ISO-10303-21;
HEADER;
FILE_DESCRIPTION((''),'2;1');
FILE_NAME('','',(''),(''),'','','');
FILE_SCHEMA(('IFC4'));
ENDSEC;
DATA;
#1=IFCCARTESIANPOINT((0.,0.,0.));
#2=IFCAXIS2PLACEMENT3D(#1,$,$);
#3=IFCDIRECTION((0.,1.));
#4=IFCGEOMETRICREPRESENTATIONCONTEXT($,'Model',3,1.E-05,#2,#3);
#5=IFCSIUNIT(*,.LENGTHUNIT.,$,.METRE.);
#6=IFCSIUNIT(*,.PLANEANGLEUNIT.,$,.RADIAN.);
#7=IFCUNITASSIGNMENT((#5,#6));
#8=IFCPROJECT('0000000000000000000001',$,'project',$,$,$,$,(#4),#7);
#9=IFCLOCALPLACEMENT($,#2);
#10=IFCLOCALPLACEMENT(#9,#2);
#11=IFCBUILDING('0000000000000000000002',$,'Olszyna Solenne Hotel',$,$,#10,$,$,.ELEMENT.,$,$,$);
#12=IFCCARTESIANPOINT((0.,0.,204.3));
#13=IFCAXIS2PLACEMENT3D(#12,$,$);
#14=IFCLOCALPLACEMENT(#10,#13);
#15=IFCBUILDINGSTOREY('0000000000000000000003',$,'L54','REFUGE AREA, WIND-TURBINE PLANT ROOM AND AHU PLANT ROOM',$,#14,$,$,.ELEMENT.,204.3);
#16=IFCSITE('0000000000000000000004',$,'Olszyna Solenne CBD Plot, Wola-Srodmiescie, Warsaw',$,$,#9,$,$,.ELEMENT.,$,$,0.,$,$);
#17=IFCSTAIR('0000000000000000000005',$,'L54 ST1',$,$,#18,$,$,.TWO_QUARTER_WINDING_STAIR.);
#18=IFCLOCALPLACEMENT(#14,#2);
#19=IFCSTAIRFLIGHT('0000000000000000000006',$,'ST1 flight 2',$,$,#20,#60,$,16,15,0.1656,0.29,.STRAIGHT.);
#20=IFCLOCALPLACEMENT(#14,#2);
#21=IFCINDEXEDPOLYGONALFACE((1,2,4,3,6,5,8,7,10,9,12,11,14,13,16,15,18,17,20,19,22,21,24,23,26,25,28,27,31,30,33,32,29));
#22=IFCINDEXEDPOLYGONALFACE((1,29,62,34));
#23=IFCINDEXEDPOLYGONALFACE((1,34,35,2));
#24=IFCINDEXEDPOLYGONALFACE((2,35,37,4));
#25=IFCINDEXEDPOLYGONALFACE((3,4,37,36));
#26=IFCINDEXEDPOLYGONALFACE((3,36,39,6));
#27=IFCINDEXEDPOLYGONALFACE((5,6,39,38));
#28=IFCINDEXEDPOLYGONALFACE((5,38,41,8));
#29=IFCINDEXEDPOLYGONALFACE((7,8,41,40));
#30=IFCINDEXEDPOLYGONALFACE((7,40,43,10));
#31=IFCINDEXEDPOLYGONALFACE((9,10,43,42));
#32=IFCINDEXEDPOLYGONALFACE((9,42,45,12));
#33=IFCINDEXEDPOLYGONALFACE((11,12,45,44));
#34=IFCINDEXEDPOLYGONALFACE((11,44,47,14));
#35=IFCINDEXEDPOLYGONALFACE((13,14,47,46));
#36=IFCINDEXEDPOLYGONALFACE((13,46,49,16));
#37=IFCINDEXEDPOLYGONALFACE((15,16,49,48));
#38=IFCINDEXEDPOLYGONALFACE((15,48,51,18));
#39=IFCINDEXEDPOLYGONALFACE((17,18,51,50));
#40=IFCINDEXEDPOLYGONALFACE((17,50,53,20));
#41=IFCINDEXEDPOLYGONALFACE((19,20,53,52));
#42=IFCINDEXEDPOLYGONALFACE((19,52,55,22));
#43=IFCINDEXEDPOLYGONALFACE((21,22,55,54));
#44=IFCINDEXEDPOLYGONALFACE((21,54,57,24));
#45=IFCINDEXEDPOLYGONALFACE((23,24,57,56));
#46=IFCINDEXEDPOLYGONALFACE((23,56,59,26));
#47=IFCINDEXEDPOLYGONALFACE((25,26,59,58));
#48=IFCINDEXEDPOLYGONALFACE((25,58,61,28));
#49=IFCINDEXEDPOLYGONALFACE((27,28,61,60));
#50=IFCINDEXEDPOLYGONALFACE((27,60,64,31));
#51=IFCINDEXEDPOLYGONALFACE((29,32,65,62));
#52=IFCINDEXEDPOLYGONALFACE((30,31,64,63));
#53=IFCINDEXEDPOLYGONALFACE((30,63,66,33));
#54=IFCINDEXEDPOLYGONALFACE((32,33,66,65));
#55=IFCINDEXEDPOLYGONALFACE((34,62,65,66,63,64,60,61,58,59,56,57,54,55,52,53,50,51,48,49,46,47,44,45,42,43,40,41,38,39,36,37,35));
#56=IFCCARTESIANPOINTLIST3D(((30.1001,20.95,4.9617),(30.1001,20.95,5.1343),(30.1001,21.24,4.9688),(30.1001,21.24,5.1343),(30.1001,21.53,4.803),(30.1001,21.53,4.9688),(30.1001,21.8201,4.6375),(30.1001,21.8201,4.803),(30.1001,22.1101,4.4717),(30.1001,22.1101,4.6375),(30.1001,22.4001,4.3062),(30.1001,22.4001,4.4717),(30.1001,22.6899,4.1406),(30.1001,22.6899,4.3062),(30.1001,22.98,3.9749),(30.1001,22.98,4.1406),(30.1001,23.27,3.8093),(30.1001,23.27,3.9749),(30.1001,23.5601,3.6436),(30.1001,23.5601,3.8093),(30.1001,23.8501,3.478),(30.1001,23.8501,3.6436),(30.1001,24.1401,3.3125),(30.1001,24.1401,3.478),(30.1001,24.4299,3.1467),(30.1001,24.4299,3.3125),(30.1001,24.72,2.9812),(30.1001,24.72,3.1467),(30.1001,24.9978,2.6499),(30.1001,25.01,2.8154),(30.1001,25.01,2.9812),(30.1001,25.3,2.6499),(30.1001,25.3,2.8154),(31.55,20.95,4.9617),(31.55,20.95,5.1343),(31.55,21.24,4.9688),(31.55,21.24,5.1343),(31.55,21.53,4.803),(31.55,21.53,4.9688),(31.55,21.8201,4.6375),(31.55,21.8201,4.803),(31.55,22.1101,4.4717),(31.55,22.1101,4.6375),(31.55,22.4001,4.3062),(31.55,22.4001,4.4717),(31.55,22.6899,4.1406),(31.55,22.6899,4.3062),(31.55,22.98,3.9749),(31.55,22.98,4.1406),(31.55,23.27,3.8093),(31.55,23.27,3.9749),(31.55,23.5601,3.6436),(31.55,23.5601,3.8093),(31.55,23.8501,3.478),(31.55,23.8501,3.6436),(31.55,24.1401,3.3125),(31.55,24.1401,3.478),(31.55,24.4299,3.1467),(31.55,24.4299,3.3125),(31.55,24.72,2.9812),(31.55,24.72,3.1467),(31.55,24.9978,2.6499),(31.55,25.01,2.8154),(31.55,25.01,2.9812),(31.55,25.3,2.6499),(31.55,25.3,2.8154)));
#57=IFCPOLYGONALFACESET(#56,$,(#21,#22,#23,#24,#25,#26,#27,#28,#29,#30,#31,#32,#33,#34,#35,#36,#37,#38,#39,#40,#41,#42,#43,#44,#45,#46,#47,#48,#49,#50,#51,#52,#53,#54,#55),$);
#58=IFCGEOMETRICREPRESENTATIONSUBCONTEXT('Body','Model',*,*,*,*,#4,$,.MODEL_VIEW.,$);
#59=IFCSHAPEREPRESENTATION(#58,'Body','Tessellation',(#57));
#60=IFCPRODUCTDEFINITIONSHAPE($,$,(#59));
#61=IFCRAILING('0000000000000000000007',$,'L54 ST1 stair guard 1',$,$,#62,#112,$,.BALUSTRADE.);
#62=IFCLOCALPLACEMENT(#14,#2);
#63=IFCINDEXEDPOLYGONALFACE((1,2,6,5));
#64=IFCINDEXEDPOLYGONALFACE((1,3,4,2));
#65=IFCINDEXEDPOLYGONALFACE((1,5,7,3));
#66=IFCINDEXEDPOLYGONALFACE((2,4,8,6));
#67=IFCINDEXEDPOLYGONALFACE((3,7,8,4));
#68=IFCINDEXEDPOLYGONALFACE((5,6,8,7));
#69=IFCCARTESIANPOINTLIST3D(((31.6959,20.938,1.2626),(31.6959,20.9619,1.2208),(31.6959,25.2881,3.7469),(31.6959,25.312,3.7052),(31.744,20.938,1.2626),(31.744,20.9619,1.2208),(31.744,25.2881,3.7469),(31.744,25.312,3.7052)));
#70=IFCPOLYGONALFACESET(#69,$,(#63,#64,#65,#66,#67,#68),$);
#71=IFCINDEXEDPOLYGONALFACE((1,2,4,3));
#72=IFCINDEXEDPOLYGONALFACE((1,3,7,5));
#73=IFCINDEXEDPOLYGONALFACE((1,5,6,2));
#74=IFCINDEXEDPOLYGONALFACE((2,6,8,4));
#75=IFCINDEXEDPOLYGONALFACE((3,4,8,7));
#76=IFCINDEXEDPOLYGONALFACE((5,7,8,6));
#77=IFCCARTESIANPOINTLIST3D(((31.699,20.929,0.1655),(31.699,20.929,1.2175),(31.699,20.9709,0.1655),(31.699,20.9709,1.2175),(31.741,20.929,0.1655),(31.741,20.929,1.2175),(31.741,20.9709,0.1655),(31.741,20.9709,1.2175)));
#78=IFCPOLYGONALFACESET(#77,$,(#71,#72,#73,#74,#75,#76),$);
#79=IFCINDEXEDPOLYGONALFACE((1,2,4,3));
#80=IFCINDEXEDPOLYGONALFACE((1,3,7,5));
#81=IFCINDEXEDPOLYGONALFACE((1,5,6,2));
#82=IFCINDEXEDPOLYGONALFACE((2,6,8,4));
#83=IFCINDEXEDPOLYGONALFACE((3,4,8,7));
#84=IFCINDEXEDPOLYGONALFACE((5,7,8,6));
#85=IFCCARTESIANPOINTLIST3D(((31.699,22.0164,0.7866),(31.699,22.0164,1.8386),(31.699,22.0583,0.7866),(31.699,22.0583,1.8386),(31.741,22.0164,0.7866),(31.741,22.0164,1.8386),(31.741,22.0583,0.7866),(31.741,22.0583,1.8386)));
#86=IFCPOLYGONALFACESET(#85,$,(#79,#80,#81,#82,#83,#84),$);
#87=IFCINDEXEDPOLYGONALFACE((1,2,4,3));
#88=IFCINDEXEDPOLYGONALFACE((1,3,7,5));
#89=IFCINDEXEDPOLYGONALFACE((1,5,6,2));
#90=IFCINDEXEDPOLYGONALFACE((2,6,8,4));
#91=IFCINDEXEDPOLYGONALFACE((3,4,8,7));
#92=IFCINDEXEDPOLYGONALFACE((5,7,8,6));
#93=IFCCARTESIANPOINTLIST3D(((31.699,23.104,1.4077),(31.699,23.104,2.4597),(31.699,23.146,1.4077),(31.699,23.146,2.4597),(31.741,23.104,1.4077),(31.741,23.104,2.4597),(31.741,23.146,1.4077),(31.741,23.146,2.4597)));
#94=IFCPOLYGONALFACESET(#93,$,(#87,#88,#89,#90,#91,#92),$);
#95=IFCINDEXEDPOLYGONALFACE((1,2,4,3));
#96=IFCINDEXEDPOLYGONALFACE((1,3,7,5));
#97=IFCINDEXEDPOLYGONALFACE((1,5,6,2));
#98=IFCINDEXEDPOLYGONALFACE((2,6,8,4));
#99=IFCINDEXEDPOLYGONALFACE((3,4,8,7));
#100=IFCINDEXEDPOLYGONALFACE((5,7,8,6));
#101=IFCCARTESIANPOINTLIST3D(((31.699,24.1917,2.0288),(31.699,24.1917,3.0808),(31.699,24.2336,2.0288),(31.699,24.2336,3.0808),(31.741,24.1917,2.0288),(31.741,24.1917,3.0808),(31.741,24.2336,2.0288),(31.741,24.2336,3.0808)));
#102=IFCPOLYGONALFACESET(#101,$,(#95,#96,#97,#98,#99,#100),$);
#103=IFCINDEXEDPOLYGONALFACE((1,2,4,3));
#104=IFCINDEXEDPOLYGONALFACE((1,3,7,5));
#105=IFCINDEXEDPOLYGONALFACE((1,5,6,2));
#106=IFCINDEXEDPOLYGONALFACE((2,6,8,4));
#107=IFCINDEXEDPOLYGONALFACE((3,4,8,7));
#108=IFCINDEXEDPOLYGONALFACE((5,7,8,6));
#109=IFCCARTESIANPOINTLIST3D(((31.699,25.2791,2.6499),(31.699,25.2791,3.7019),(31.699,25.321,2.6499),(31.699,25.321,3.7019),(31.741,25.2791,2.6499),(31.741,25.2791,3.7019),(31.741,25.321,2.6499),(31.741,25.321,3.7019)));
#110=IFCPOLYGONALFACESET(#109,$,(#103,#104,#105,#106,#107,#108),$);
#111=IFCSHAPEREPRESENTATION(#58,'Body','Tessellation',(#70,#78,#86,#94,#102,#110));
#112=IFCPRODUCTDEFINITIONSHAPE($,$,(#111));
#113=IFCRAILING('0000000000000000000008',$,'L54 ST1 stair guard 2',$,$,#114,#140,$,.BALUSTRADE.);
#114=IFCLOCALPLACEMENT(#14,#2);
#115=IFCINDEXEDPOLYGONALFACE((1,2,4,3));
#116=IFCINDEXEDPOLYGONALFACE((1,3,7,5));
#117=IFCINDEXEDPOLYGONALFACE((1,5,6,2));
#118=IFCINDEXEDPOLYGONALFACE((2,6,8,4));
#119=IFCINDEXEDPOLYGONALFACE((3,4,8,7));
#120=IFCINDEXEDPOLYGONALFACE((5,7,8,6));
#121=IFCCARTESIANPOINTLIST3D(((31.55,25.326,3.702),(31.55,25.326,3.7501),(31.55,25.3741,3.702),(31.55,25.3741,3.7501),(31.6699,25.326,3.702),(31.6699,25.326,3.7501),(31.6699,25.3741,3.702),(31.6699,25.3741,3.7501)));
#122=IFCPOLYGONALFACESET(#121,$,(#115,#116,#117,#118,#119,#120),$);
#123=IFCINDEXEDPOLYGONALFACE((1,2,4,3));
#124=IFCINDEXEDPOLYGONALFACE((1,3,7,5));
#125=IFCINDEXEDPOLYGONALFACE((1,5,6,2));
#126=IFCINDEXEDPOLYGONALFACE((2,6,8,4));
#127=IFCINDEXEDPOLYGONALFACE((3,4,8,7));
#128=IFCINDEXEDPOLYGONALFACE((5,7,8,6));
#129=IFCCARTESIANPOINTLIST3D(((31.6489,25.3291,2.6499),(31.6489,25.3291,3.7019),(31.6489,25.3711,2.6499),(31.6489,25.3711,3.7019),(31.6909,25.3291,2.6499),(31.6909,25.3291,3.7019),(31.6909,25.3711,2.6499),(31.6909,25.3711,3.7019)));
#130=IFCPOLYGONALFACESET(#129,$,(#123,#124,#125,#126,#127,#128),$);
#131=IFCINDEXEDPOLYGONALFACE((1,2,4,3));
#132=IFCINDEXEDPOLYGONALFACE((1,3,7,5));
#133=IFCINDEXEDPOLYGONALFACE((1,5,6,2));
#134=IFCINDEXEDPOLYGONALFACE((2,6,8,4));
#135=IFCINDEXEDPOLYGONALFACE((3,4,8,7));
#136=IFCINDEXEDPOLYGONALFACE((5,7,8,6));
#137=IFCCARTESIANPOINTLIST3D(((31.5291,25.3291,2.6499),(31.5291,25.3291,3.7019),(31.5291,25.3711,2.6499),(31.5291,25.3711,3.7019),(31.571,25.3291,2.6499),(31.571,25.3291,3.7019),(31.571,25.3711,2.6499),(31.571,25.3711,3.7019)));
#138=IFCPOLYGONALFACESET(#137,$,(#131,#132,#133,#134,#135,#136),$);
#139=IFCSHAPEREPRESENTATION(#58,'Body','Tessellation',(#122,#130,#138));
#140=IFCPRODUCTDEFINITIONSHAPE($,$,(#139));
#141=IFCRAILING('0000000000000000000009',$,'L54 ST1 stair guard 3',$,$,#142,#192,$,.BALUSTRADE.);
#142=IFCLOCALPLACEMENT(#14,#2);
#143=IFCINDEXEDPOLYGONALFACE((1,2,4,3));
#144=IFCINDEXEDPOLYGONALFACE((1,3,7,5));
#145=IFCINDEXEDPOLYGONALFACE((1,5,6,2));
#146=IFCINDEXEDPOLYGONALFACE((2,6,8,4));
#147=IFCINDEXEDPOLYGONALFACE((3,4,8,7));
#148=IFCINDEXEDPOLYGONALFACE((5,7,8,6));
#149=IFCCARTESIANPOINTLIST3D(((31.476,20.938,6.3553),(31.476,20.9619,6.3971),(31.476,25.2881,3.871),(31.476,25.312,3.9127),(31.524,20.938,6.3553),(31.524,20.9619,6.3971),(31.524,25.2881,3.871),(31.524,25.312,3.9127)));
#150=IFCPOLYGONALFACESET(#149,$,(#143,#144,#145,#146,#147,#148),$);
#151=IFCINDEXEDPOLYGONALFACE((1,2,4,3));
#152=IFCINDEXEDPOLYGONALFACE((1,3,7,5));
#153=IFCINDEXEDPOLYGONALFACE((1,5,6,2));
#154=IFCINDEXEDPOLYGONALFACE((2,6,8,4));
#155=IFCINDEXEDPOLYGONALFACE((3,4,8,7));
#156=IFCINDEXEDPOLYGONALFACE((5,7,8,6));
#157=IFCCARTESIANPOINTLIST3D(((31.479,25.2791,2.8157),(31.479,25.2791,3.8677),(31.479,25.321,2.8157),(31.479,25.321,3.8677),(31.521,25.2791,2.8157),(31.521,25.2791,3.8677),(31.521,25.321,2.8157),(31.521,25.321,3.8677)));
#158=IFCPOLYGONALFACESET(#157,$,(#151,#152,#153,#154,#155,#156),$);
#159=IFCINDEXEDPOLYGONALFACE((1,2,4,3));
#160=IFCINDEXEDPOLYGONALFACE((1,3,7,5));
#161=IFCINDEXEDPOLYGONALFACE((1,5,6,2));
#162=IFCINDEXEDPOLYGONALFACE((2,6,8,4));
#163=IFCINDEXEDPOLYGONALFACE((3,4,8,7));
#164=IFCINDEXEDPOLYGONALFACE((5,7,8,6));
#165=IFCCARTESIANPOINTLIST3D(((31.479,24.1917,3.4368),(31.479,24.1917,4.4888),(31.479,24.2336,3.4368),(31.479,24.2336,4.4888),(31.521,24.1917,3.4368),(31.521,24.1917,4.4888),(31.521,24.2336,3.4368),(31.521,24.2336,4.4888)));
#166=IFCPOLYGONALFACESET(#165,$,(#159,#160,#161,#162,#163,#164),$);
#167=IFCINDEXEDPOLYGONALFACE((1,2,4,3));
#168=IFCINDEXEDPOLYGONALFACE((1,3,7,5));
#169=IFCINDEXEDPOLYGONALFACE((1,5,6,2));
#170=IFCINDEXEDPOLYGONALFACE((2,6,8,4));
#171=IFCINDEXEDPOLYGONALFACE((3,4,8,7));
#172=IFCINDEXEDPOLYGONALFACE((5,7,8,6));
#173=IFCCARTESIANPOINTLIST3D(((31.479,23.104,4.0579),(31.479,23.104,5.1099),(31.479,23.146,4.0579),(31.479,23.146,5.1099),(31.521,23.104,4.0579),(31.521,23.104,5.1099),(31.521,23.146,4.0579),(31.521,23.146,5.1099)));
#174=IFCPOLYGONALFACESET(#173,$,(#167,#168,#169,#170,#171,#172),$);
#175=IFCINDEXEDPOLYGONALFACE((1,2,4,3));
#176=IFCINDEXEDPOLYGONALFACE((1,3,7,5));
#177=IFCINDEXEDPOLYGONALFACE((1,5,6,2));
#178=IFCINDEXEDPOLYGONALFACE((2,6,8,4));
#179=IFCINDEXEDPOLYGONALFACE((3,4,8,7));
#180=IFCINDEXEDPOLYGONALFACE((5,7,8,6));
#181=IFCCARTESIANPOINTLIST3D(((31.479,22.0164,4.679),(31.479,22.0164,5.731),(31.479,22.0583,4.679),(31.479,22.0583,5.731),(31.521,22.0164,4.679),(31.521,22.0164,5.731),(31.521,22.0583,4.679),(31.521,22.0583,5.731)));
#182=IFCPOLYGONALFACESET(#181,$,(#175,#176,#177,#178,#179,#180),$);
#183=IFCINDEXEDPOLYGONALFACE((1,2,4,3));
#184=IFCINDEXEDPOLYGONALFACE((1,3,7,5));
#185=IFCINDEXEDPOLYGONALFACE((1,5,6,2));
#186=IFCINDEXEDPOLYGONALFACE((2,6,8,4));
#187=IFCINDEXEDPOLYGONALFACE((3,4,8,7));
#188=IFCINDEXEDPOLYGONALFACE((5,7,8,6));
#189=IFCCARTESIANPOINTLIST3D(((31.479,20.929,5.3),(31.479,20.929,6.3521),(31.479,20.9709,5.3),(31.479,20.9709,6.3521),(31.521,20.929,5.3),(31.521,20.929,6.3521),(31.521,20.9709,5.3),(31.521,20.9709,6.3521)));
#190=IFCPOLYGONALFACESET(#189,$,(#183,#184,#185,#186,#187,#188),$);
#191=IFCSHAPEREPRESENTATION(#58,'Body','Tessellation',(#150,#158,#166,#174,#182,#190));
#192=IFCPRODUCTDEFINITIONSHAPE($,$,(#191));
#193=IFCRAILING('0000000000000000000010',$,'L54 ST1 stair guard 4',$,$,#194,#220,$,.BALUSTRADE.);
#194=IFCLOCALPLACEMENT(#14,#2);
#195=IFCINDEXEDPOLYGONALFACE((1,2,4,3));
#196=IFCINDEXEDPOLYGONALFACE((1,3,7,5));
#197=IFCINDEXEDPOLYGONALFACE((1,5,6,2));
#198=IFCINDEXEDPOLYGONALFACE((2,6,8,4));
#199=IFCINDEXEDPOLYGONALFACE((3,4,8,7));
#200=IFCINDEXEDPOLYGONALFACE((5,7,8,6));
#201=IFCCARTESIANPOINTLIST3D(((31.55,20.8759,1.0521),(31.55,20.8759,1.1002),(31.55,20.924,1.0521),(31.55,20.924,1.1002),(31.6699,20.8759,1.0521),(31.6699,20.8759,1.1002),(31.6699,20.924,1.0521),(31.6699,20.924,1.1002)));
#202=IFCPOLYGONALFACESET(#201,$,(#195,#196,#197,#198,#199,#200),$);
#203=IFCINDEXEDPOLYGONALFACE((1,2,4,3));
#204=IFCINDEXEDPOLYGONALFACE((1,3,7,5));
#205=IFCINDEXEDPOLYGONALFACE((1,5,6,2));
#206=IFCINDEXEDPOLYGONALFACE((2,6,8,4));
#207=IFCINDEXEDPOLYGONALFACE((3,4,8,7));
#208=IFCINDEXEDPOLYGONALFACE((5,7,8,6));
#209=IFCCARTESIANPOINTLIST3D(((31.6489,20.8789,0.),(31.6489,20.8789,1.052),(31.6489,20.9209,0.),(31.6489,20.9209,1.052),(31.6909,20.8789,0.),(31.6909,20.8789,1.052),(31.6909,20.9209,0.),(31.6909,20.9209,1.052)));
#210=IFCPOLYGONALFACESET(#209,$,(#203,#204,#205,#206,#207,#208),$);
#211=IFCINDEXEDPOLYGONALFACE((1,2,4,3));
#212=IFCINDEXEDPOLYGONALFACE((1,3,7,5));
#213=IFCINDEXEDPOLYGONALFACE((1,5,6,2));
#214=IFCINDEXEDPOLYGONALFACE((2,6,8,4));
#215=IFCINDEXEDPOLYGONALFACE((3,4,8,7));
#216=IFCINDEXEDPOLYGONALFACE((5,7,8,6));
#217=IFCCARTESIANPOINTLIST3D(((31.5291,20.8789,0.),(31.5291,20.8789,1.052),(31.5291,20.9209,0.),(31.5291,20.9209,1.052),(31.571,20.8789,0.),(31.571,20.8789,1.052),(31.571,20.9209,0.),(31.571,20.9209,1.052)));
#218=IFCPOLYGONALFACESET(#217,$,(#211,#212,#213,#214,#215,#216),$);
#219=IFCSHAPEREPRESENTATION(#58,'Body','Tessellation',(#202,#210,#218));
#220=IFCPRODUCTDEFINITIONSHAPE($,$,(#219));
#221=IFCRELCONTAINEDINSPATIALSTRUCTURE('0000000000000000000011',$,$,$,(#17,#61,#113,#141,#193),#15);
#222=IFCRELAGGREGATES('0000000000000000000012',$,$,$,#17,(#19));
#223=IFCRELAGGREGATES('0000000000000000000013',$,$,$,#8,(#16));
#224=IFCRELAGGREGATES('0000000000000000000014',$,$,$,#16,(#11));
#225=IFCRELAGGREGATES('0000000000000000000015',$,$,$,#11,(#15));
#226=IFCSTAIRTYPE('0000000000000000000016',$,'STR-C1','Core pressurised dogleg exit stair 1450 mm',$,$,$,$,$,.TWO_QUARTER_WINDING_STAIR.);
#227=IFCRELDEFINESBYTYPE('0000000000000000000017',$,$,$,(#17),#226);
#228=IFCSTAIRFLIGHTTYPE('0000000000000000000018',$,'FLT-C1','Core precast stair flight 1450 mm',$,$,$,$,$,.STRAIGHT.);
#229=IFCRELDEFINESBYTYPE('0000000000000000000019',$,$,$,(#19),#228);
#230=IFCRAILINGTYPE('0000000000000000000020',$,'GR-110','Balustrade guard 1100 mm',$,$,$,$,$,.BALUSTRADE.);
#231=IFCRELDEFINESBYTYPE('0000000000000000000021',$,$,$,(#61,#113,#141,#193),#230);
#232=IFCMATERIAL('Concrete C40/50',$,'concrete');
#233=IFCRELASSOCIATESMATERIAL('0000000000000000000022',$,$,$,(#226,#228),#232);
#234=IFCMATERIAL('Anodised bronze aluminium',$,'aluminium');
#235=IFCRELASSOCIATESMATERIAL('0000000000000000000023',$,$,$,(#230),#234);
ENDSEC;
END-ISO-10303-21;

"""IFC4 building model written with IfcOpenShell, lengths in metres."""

from ifc_helpers import new_model, si_unit, direction, frame, origin, origin_2d, place, context, subcontext, project, spatial, polyline, rectangle, outline, extrude, material, type_object, element, aggregate, save


model = new_model("IFC4")

# Units and contexts
model_context = context("Model", 3, precision=1e-05, world=origin(), true_north=direction((0.0, 1.0)))
body_context = subcontext(model_context, "Body", "Model", "MODEL_VIEW")
ifc_project = project(units=[si_unit("LENGTHUNIT", "METRE"), si_unit("PLANEANGLEUNIT", "RADIAN")], contexts=[model_context])

# Site, building, storey
site_placement = place(None, origin())
site = spatial("IfcSite", under=ifc_project, at=site_placement, Name="Olszyna Solenne CBD Plot, Wola-Srodmiescie, Warsaw", CompositionType="ELEMENT", RefElevation=0.0)
building_placement = place(site_placement, origin())
building = spatial("IfcBuilding", under=site, at=building_placement, Name="Olszyna Solenne Hotel", CompositionType="ELEMENT")
storey_placement = place(building_placement, frame((0.0, 0.0, 204.3)))
storey = spatial("IfcBuildingStorey", under=building, at=storey_placement, Name="L54", Description="REFUGE AREA, WIND-TURBINE PLANT ROOM AND AHU PLANT ROOM", CompositionType="ELEMENT", Elevation=204.3)

# Stair, stair flight
ifc_material_1 = material(Name="Concrete C40/50", Category="concrete")
stair_type = type_object("IfcStairType", Name="STR-C1", Description="Core pressurised dogleg exit stair 1450 mm", PredefinedType="TWO_QUARTER_WINDING_STAIR", material=ifc_material_1)
stair_placement = place(storey_placement, origin())
stair = element("IfcStair", 1, at=stair_placement, inside=storey, type_object=stair_type, Name="L54 ST1", PredefinedType="TWO_QUARTER_WINDING_STAIR")
stair_flight_type = type_object("IfcStairFlightType", Name="FLT-C1", Description="Core precast stair flight 1450 mm", PredefinedType="STRAIGHT", material=ifc_material_1)
stair_flight_1_placement = place(storey_placement, frame((30.825, 25.3, 2.6499), z_axis=(0.0, 0.0, 1.0), x_axis=(0.0, -1.0, 0.0)))
stair_flight_1 = element("IfcStairFlight", 2, at=stair_flight_1_placement, type_object=stair_flight_type, Name="ST1 flight 2", NumberOfRisers=16, NumberOfTreads=15, PredefinedType="STRAIGHT", RiserHeight=0.1656, TreadLength=0.29, context=body_context, shape_type="SweptSolid", body=[
    extrude(outline(polyline([(0.0, 0.0), (0.0, 0.1655), (0.29, 0.1655), (0.29, 0.3313), (0.5801, 0.3313), (0.5801, 0.4968), (0.8701, 0.4968), (0.8701, 0.6626), (1.1599, 0.6626), (1.1599, 0.8281), (1.45, 0.8281), (1.45, 0.9937), (1.74, 0.9937), (1.74, 1.1594), (2.03, 1.1594), (2.03, 1.325), (2.3201, 1.325), (2.3201, 1.4907), (2.6101, 1.4907), (2.6101, 1.6562), (2.8999, 1.6562), (2.8999, 1.8218), (3.1899, 1.8218), (3.1899, 1.9875), (3.48, 1.9875), (3.48, 2.1531), (3.77, 2.1531), (3.77, 2.3188), (4.0601, 2.3188), (4.0601, 2.4844), (4.3501, 2.4844), (4.3501, 2.6499), (4.3501, 2.3118), (0.3022, 0.0), (0.0, 0.0)])), frame((0.0, 0.7251, 0.0), z_axis=(0.0, -1.0, 0.0), x_axis=(1.0, 0.0, 0.0)), (0.0, 0.0, 1.0), 1.45),
])
aggregate(stair, [stair_flight_1])

# Railings
ifc_material_2 = material(Name="Anodised bronze aluminium", Category="aluminium")
railing_type_1 = type_object("IfcRailingType", Name="GR-110", Description="Balustrade guard 1100 mm", PredefinedType="BALUSTRADE", material=ifc_material_2)
railing_1_placement = place(storey_placement, frame((31.72, 20.95, 0.1655)))
element("IfcRailing", 3, at=railing_1_placement, inside=storey, type_object=railing_type_1, Name="L54 ST1 stair guard 1", PredefinedType="BALUSTRADE", context=body_context, shape_type="SweptSolid", body=[
    extrude(rectangle(XDim=0.0481, YDim=0.0481, at=origin_2d()), frame((0.0, 0.0, 1.0762), z_axis=(0.0, 0.868363, 0.495929), x_axis=(-1.0, 0.0, 0.0)), (0.0, 0.0, 1.0), 5.0095),
    extrude(rectangle(XDim=0.042, YDim=0.042, at=origin_2d()), origin(), (0.0, 0.0, 1.0), 1.052),
    extrude(rectangle(XDim=0.042, YDim=0.042, at=origin_2d()), frame((0.0, 1.0874, 0.6211)), (0.0, 0.0, 1.0), 1.052),
    extrude(rectangle(XDim=0.042, YDim=0.042, at=origin_2d()), frame((0.0, 2.175, 1.2422)), (0.0, 0.0, 1.0), 1.052),
    extrude(rectangle(XDim=0.042, YDim=0.042, at=origin_2d()), frame((0.0, 3.2627, 1.8633)), (0.0, 0.0, 1.0), 1.052),
    extrude(rectangle(XDim=0.042, YDim=0.042, at=origin_2d()), frame((0.0, 4.3501, 2.4844)), (0.0, 0.0, 1.0), 1.052),
])
railing_2_placement = place(storey_placement, frame((31.6699, 25.3501, 2.6499)))
element("IfcRailing", 4, at=railing_2_placement, inside=storey, type_object=railing_type_1, Name="L54 ST1 stair guard 2", PredefinedType="BALUSTRADE", context=body_context, shape_type="SweptSolid", body=[
    extrude(rectangle(XDim=0.0481, YDim=0.0481, at=origin_2d()), frame((0.0, 0.0, 1.0762), z_axis=(-1.0, 0.0, 0.0), x_axis=(0.0, -1.0, 0.0)), (0.0, 0.0, 1.0), 0.1199),
    extrude(rectangle(XDim=0.042, YDim=0.042, at=origin_2d()), origin(), (0.0, 0.0, 1.0), 1.052),
    extrude(rectangle(XDim=0.042, YDim=0.042, at=origin_2d()), frame((-0.1199, 0.0, 0.0)), (0.0, 0.0, 1.0), 1.052),
])
railing_3_placement = place(storey_placement, frame((31.5, 25.3, 2.8157)))
element("IfcRailing", 5, at=railing_3_placement, inside=storey, type_object=railing_type_1, Name="L54 ST1 stair guard 3", PredefinedType="BALUSTRADE", context=body_context, shape_type="SweptSolid", body=[
    extrude(rectangle(XDim=0.0481, YDim=0.0481, at=origin_2d()), frame((0.0, 0.0, 1.0762), z_axis=(0.0, -0.868363, 0.495929), x_axis=(1.0, 0.0, 0.0)), (0.0, 0.0, 1.0), 5.0095),
    extrude(rectangle(XDim=0.042, YDim=0.042, at=origin_2d()), origin(), (0.0, 0.0, 1.0), 1.052),
    extrude(rectangle(XDim=0.042, YDim=0.042, at=origin_2d()), frame((0.0, -1.0874, 0.6211)), (0.0, 0.0, 1.0), 1.052),
    extrude(rectangle(XDim=0.042, YDim=0.042, at=origin_2d()), frame((0.0, -2.175, 1.2422)), (0.0, 0.0, 1.0), 1.052),
    extrude(rectangle(XDim=0.042, YDim=0.042, at=origin_2d()), frame((0.0, -3.2627, 1.8633)), (0.0, 0.0, 1.0), 1.052),
    extrude(rectangle(XDim=0.042, YDim=0.042, at=origin_2d()), frame((0.0, -4.3501, 2.4844)), (0.0, 0.0, 1.0), 1.052),
])
railing_4_placement = place(storey_placement, frame((31.6699, 20.8999, 0.0)))
element("IfcRailing", 6, at=railing_4_placement, inside=storey, type_object=railing_type_1, Name="L54 ST1 stair guard 4", PredefinedType="BALUSTRADE", context=body_context, shape_type="SweptSolid", body=[
    extrude(rectangle(XDim=0.0481, YDim=0.0481, at=origin_2d()), frame((0.0, 0.0, 1.0762), z_axis=(-1.0, 0.0, 0.0), x_axis=(0.0, -1.0, 0.0)), (0.0, 0.0, 1.0), 0.1199),
    extrude(rectangle(XDim=0.042, YDim=0.042, at=origin_2d()), origin(), (0.0, 0.0, 1.0), 1.052),
    extrude(rectangle(XDim=0.042, YDim=0.042, at=origin_2d()), frame((-0.1199, 0.0, 0.0)), (0.0, 0.0, 1.0), 1.052),
])

save(model, "model.ifc")
